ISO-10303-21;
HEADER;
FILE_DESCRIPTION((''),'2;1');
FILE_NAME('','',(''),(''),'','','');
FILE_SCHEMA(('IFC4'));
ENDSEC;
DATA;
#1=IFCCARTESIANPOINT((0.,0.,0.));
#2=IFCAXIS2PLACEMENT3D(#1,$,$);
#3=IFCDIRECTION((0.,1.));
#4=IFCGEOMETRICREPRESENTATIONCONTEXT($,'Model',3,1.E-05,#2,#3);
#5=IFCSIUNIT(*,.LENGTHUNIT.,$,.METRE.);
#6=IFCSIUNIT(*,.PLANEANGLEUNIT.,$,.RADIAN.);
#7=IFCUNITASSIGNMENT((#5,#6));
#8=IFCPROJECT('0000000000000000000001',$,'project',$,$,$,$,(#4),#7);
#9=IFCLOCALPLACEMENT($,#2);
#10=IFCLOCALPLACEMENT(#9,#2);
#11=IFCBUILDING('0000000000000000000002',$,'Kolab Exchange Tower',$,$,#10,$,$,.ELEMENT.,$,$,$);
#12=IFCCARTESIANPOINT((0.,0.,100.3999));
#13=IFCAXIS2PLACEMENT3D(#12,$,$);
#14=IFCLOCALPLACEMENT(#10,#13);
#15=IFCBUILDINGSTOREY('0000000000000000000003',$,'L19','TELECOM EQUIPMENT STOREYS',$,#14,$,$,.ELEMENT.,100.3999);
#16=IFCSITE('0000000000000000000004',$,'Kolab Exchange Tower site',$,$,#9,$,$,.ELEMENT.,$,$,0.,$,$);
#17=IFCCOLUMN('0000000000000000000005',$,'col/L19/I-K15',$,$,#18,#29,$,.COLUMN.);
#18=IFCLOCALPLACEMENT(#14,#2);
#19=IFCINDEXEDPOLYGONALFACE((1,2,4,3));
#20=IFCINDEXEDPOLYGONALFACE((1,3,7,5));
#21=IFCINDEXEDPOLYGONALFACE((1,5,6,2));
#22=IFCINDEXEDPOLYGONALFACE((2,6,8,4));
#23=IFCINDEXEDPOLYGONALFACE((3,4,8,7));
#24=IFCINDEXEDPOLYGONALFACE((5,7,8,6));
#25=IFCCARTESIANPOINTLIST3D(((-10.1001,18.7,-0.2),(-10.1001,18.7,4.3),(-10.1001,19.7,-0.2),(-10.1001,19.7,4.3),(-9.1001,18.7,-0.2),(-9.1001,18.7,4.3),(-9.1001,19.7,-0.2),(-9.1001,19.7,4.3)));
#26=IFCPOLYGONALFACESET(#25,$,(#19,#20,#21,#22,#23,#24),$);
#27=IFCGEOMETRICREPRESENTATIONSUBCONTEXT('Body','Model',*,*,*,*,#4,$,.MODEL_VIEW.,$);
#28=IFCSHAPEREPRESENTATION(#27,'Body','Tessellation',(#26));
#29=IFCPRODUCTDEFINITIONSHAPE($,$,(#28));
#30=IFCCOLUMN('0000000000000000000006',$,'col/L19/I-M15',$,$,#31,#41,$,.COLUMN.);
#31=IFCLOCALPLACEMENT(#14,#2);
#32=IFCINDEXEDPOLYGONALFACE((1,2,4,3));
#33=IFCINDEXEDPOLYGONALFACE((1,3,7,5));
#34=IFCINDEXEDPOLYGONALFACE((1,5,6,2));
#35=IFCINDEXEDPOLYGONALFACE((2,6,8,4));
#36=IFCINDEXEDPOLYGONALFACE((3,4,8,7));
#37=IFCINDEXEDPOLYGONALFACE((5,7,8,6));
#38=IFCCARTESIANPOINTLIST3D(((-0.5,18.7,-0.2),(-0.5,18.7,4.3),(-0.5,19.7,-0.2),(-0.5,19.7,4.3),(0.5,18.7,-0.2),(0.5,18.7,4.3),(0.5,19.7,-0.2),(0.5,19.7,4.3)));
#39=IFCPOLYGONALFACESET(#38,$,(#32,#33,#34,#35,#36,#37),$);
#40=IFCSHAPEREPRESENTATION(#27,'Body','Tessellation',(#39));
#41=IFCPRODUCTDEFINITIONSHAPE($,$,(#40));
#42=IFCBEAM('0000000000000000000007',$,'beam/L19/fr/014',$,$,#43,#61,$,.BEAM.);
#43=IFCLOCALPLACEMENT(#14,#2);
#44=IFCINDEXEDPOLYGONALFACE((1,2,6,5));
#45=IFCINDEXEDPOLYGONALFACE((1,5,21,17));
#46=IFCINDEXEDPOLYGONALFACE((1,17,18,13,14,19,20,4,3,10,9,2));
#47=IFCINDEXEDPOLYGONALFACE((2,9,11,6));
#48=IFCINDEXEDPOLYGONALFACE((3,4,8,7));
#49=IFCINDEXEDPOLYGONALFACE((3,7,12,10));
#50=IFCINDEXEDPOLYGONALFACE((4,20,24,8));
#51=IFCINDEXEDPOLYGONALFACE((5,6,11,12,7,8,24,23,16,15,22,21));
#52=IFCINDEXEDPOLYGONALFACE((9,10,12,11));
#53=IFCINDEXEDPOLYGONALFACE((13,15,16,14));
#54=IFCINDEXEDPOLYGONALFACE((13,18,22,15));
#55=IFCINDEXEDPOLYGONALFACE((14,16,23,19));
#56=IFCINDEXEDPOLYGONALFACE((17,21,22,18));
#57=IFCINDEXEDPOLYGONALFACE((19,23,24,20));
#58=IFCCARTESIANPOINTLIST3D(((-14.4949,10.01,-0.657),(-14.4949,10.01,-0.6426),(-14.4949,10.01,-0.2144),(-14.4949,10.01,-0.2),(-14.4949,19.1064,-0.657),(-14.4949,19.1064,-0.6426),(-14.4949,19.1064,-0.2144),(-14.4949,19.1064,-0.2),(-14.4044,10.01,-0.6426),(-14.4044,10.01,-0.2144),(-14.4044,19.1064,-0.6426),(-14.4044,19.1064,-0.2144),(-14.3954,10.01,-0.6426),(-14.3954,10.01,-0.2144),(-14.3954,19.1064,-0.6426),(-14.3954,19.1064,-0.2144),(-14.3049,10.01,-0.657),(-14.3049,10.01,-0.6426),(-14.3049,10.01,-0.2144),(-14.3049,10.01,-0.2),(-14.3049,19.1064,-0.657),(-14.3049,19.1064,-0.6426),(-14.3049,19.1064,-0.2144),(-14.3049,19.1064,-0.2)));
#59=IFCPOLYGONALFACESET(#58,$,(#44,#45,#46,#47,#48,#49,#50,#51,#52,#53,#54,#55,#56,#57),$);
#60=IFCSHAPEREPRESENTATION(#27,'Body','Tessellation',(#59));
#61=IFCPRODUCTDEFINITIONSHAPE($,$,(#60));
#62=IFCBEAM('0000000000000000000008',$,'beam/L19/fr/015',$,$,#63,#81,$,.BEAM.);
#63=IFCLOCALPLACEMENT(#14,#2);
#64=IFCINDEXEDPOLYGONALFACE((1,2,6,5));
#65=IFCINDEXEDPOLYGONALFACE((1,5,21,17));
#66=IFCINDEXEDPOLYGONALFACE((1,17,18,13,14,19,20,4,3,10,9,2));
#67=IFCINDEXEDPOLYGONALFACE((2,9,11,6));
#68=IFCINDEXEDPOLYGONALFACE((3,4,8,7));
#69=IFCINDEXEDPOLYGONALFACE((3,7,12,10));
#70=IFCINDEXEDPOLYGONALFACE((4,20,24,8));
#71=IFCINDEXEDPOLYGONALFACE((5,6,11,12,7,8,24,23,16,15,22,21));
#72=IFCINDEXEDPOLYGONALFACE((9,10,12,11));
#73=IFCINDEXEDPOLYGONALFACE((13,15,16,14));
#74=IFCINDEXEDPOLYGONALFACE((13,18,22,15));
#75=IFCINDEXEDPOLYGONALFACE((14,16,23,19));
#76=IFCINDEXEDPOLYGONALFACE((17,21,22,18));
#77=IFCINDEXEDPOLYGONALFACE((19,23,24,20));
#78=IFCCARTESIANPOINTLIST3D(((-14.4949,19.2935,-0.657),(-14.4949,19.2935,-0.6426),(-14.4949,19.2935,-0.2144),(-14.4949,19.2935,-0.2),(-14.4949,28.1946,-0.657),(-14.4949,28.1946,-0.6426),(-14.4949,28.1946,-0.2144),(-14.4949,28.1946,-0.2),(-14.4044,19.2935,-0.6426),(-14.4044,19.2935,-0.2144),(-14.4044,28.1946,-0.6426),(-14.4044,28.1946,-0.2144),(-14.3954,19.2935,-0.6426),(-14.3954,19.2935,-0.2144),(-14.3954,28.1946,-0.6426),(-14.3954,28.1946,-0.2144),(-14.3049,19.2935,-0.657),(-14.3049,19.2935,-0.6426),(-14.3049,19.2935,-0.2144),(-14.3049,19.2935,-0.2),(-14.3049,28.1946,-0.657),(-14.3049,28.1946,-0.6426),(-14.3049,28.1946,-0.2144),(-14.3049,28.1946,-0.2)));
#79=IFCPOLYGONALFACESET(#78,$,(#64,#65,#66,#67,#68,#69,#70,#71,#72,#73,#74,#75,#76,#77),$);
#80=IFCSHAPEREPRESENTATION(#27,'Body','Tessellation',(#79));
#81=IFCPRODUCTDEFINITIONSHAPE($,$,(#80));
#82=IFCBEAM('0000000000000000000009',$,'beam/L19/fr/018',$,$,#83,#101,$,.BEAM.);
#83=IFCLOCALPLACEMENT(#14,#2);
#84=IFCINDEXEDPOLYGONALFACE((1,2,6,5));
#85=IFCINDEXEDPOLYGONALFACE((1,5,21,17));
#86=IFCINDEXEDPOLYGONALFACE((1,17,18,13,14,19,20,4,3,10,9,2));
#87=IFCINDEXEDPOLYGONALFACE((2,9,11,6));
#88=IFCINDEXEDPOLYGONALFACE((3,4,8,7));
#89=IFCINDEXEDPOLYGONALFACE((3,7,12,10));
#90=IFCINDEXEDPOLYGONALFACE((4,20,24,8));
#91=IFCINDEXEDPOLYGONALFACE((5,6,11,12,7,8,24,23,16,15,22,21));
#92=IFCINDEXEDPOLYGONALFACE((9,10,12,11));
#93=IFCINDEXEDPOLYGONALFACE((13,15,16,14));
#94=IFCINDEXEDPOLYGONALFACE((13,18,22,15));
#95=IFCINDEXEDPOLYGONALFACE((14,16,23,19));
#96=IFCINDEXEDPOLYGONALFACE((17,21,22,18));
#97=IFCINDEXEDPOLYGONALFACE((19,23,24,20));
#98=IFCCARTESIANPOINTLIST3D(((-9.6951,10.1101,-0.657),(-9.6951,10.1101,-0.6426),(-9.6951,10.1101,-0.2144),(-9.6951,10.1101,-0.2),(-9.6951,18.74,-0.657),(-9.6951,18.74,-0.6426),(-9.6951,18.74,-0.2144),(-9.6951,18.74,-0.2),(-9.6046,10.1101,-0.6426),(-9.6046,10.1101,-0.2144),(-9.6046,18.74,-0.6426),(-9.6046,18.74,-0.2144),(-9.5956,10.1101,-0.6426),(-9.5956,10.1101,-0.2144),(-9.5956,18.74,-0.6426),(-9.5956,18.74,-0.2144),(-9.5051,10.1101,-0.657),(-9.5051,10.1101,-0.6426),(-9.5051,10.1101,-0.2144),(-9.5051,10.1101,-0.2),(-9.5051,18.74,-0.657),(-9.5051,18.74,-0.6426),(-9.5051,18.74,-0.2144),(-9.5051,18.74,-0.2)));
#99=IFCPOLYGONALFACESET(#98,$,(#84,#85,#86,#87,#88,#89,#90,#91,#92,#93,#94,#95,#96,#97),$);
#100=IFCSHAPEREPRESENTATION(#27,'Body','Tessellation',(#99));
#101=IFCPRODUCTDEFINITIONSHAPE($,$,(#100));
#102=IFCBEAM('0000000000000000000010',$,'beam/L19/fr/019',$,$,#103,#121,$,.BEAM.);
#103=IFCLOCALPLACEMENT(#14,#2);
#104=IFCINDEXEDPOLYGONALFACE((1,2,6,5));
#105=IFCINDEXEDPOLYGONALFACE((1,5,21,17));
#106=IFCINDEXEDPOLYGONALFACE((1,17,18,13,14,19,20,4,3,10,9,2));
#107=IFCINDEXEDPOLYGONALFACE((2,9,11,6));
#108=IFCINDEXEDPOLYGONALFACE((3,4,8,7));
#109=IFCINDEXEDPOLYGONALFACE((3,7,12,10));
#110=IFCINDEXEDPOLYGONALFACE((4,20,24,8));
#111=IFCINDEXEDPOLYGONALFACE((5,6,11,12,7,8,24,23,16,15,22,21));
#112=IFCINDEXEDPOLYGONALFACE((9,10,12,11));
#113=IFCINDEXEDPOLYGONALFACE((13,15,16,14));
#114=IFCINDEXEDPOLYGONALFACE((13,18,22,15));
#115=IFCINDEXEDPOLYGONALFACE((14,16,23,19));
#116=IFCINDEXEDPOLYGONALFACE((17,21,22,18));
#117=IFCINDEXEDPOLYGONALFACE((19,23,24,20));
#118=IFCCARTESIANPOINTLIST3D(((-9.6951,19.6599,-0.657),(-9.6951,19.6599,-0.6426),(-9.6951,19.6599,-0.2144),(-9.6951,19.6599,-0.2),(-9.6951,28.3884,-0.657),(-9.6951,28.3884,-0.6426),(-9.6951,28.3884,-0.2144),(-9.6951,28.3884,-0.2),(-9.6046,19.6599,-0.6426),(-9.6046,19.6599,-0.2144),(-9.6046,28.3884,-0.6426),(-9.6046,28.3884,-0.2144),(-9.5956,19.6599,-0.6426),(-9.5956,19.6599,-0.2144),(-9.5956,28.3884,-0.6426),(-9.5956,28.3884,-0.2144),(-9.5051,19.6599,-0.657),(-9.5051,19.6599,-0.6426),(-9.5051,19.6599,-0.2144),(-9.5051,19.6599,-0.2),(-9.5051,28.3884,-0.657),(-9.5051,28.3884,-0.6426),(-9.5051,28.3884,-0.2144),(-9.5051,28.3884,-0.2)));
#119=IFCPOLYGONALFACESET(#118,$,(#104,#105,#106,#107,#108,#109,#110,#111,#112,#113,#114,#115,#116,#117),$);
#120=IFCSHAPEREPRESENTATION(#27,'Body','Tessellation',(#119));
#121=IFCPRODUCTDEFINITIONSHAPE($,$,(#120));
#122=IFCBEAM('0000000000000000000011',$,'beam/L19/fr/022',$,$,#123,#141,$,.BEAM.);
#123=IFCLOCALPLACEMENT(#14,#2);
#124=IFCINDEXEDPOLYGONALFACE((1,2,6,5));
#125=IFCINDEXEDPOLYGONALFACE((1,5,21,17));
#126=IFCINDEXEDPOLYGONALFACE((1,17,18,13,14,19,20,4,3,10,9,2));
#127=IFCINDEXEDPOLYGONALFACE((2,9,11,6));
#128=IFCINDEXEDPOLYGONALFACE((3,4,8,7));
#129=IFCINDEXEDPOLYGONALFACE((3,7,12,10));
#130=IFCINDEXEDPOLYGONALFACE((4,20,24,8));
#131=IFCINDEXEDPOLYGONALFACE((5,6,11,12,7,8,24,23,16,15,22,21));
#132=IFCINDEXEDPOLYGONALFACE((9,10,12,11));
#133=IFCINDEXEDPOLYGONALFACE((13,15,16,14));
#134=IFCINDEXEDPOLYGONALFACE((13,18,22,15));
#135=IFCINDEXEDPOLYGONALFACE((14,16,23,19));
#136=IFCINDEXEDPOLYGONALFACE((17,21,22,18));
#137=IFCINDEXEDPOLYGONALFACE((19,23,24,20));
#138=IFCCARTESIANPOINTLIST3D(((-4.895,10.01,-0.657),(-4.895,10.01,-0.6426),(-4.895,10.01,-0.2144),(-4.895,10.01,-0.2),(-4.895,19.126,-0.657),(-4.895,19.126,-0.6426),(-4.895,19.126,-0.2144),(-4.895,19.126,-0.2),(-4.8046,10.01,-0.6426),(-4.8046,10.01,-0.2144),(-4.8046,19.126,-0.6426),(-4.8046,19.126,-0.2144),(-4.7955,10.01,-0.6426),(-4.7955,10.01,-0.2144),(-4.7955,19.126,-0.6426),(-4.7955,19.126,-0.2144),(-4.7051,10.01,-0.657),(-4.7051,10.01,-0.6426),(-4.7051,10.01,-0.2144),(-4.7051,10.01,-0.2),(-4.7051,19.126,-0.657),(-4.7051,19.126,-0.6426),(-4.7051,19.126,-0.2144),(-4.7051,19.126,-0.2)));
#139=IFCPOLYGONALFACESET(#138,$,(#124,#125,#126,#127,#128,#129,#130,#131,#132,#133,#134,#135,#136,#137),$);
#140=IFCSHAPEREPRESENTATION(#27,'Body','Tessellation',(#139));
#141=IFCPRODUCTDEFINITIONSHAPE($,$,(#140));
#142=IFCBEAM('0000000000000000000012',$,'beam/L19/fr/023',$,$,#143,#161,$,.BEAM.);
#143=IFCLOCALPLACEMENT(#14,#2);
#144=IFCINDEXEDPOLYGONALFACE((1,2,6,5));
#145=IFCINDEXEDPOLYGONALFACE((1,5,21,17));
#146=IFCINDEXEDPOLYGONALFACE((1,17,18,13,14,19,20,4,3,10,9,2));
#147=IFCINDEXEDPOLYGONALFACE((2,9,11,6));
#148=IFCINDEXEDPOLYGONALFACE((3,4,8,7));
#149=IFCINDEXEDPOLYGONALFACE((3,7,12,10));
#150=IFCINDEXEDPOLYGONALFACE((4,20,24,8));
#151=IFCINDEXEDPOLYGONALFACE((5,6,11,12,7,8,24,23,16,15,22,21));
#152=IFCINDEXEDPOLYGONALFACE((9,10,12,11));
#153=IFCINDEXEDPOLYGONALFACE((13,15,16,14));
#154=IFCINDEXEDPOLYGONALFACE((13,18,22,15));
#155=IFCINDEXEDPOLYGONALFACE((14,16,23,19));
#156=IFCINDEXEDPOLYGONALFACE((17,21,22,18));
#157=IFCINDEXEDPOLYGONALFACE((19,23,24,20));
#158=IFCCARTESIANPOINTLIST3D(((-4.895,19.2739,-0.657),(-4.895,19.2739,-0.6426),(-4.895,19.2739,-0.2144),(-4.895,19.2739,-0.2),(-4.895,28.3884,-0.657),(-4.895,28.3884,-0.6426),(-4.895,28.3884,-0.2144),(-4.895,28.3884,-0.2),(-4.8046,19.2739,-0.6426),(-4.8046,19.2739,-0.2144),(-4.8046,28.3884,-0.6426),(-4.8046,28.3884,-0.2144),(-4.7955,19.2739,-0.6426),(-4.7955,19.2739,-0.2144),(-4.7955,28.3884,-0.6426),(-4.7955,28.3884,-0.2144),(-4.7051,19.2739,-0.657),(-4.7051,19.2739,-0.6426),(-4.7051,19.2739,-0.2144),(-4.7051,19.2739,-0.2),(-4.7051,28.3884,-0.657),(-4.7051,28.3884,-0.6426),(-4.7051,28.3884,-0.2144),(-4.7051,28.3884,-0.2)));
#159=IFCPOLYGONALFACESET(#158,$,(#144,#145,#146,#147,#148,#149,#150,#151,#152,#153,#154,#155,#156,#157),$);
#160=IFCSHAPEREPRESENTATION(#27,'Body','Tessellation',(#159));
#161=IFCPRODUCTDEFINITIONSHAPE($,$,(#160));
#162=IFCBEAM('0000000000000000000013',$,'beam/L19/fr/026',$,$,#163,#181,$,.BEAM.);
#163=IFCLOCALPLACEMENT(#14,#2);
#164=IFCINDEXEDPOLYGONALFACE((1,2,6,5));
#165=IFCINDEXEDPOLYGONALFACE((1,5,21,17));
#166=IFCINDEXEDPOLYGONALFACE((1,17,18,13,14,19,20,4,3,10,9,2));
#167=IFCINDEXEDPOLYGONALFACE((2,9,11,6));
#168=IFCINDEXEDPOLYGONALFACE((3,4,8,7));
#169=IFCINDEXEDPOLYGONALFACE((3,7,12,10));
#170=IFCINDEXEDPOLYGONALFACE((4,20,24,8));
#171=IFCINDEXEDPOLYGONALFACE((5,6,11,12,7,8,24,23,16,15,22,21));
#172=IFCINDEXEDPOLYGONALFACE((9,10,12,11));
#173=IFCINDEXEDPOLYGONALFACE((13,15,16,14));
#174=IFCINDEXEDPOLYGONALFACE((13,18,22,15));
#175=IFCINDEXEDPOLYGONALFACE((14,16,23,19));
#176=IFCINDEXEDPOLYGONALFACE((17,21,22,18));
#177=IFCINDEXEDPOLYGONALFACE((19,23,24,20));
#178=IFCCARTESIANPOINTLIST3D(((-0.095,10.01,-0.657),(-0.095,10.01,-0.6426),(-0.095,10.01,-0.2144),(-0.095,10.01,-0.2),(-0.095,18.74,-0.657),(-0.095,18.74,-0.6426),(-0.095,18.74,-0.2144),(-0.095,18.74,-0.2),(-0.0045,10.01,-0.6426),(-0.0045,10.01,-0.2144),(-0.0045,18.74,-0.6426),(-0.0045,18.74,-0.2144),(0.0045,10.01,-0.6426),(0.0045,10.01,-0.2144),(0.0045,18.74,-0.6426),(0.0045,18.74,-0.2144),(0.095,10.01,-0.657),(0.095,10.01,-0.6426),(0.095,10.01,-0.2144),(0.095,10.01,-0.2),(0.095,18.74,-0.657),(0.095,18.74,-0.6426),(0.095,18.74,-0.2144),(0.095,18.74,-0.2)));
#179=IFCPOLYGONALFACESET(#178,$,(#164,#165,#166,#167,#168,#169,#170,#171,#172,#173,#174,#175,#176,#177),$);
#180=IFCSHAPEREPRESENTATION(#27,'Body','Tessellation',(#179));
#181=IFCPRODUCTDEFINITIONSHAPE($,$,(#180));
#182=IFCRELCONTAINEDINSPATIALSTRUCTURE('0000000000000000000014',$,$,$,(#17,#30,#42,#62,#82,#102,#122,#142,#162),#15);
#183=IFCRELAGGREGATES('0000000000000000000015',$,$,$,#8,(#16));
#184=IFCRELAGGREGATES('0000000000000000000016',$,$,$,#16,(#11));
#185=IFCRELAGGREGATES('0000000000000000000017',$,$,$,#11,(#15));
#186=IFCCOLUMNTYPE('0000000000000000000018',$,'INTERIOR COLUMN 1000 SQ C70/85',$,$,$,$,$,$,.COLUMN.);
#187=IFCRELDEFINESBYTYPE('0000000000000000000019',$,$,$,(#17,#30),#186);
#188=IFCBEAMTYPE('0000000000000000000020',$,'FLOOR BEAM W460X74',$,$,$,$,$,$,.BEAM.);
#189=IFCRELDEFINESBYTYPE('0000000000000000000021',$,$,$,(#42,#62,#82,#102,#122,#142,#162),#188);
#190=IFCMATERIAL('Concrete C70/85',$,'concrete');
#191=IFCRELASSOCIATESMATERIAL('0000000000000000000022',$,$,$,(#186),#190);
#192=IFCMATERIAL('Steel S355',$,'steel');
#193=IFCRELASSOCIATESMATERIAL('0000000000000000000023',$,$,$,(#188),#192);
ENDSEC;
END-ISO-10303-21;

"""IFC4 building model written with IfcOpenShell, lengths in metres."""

from ifc_helpers import new_model, si_unit, direction, frame, origin, origin_2d, place, context, subcontext, project, spatial, rectangle, i_section, extrude, material, material_profile, profile_set, type_object, element, save


model = new_model("IFC4")

# Units and contexts
model_context = context("Model", 3, precision=1e-05, world=origin(), true_north=direction((0.0, 1.0)))
body_context = subcontext(model_context, "Body", "Model", "MODEL_VIEW")
ifc_project = project(units=[si_unit("LENGTHUNIT", "METRE"), si_unit("PLANEANGLEUNIT", "RADIAN")], contexts=[model_context])

# Site, building, storey
site_placement = place(None, origin())
site = spatial("IfcSite", under=ifc_project, at=site_placement, Name="Kolab Exchange Tower site", CompositionType="ELEMENT", RefElevation=0.0)
building_placement = place(site_placement, origin())
building = spatial("IfcBuilding", under=site, at=building_placement, Name="Kolab Exchange Tower", CompositionType="ELEMENT")
storey_placement = place(building_placement, frame((0.0, 0.0, 100.3999)))
storey = spatial("IfcBuildingStorey", under=building, at=storey_placement, Name="L19", Description="TELECOM EQUIPMENT STOREYS", CompositionType="ELEMENT", Elevation=100.3999)

# Columns
ifc_material_1 = material(Name="Concrete C70/85", Category="concrete")
ifc_material_profile_1 = material_profile(ifc_material_1, rectangle(XDim=1.0, YDim=1.0, at=origin_2d()), Name="RC1000")
ifc_profile_set_1 = profile_set([ifc_material_profile_1], Name="Concrete C70/85")
column_type = type_object("IfcColumnType", Name="INTERIOR COLUMN 1000 SQ C70/85", PredefinedType="COLUMN", material=ifc_profile_set_1)
for number, where, z_axis, x_axis, name in (
    (1, (-9.6001, 19.2, -0.2), (0.0, 0.0, 1.0), (1.0, 0.0, 0.0), "col/L19/I-K15"),
    (2, (0.0, 19.2, -0.2), (0.0, 0.0, 1.0), (1.0, 0.0, 0.0), "col/L19/I-M15"),
):
    element("IfcColumn", number, at=place(storey_placement, frame(where, z_axis=z_axis, x_axis=x_axis)), inside=storey, type_object=column_type, Name=name, PredefinedType="COLUMN", context=body_context, shape_type="SweptSolid", body=[
        extrude(rectangle(XDim=1.0, YDim=1.0, at=origin_2d()), origin(), (0.0, 0.0, 1.0), 4.5),
    ])

# Beams
ifc_material_2 = material(Name="Steel S355", Category="steel")
ifc_material_profile_2 = material_profile(ifc_material_2, i_section(OverallWidth=0.1899, OverallDepth=0.457, WebThickness=0.009, FlangeThickness=0.0144, at=origin_2d()), Name="W460X74")
ifc_profile_set_2 = profile_set([ifc_material_profile_2], Name="Steel S355")
beam_type_1 = type_object("IfcBeamType", Name="FLOOR BEAM W460X74", PredefinedType="BEAM", material=ifc_profile_set_2)
beam_1_placement = place(storey_placement, frame((-14.3999, 10.01, -0.4285), z_axis=(0.0, 1.0, 0.0), x_axis=(-1.0, 0.0, 0.0)))
element("IfcBeam", 3, at=beam_1_placement, inside=storey, type_object=beam_type_1, Name="beam/L19/fr/014", PredefinedType="BEAM", context=body_context, shape_type="SweptSolid", body=[
    extrude(i_section(OverallWidth=0.1899, OverallDepth=0.457, WebThickness=0.009, FlangeThickness=0.0144, at=origin_2d()), origin(), (0.0, 0.0, 1.0), 9.0964),
])
beam_2_placement = place(storey_placement, frame((-14.3999, 19.2935, -0.4285), z_axis=(0.0, 1.0, 0.0), x_axis=(-1.0, 0.0, 0.0)))
element("IfcBeam", 4, at=beam_2_placement, inside=storey, type_object=beam_type_1, Name="beam/L19/fr/015", PredefinedType="BEAM", context=body_context, shape_type="SweptSolid", body=[
    extrude(i_section(OverallWidth=0.1899, OverallDepth=0.457, WebThickness=0.009, FlangeThickness=0.0144, at=origin_2d()), origin(), (0.0, 0.0, 1.0), 8.9011),
])
beam_3_placement = place(storey_placement, frame((-9.6001, 10.1101, -0.4285), z_axis=(0.0, 1.0, 0.0), x_axis=(-1.0, 0.0, 0.0)))
element("IfcBeam", 5, at=beam_3_placement, inside=storey, type_object=beam_type_1, Name="beam/L19/fr/018", PredefinedType="BEAM", context=body_context, shape_type="SweptSolid", body=[
    extrude(i_section(OverallWidth=0.1899, OverallDepth=0.457, WebThickness=0.009, FlangeThickness=0.0144, at=origin_2d()), origin(), (0.0, 0.0, 1.0), 8.6299),
])
beam_4_placement = place(storey_placement, frame((-9.6001, 19.6599, -0.4285), z_axis=(0.0, 1.0, 0.0), x_axis=(-1.0, 0.0, 0.0)))
element("IfcBeam", 6, at=beam_4_placement, inside=storey, type_object=beam_type_1, Name="beam/L19/fr/019", PredefinedType="BEAM", context=body_context, shape_type="SweptSolid", body=[
    extrude(i_section(OverallWidth=0.1899, OverallDepth=0.457, WebThickness=0.009, FlangeThickness=0.0144, at=origin_2d()), origin(), (0.0, 0.0, 1.0), 8.7285),
])
beam_5_placement = place(storey_placement, frame((-4.8, 10.01, -0.4285), z_axis=(0.0, 1.0, 0.0), x_axis=(-1.0, 0.0, 0.0)))
element("IfcBeam", 7, at=beam_5_placement, inside=storey, type_object=beam_type_1, Name="beam/L19/fr/022", PredefinedType="BEAM", context=body_context, shape_type="SweptSolid", body=[
    extrude(i_section(OverallWidth=0.1899, OverallDepth=0.457, WebThickness=0.009, FlangeThickness=0.0144, at=origin_2d()), origin(), (0.0, 0.0, 1.0), 9.116),
])
beam_6_placement = place(storey_placement, frame((-4.8, 19.2739, -0.4285), z_axis=(0.0, 1.0, 0.0), x_axis=(-1.0, 0.0, 0.0)))
element("IfcBeam", 8, at=beam_6_placement, inside=storey, type_object=beam_type_1, Name="beam/L19/fr/023", PredefinedType="BEAM", context=body_context, shape_type="SweptSolid", body=[
    extrude(i_section(OverallWidth=0.1899, OverallDepth=0.457, WebThickness=0.009, FlangeThickness=0.0144, at=origin_2d()), origin(), (0.0, 0.0, 1.0), 9.1145),
])
beam_7_placement = place(storey_placement, frame((0.0, 10.01, -0.4285), z_axis=(0.0, 1.0, 0.0), x_axis=(-1.0, 0.0, 0.0)))
element("IfcBeam", 9, at=beam_7_placement, inside=storey, type_object=beam_type_1, Name="beam/L19/fr/026", PredefinedType="BEAM", context=body_context, shape_type="SweptSolid", body=[
    extrude(i_section(OverallWidth=0.1899, OverallDepth=0.457, WebThickness=0.009, FlangeThickness=0.0144, at=origin_2d()), origin(), (0.0, 0.0, 1.0), 8.73),
])

save(model, "model.ifc")
